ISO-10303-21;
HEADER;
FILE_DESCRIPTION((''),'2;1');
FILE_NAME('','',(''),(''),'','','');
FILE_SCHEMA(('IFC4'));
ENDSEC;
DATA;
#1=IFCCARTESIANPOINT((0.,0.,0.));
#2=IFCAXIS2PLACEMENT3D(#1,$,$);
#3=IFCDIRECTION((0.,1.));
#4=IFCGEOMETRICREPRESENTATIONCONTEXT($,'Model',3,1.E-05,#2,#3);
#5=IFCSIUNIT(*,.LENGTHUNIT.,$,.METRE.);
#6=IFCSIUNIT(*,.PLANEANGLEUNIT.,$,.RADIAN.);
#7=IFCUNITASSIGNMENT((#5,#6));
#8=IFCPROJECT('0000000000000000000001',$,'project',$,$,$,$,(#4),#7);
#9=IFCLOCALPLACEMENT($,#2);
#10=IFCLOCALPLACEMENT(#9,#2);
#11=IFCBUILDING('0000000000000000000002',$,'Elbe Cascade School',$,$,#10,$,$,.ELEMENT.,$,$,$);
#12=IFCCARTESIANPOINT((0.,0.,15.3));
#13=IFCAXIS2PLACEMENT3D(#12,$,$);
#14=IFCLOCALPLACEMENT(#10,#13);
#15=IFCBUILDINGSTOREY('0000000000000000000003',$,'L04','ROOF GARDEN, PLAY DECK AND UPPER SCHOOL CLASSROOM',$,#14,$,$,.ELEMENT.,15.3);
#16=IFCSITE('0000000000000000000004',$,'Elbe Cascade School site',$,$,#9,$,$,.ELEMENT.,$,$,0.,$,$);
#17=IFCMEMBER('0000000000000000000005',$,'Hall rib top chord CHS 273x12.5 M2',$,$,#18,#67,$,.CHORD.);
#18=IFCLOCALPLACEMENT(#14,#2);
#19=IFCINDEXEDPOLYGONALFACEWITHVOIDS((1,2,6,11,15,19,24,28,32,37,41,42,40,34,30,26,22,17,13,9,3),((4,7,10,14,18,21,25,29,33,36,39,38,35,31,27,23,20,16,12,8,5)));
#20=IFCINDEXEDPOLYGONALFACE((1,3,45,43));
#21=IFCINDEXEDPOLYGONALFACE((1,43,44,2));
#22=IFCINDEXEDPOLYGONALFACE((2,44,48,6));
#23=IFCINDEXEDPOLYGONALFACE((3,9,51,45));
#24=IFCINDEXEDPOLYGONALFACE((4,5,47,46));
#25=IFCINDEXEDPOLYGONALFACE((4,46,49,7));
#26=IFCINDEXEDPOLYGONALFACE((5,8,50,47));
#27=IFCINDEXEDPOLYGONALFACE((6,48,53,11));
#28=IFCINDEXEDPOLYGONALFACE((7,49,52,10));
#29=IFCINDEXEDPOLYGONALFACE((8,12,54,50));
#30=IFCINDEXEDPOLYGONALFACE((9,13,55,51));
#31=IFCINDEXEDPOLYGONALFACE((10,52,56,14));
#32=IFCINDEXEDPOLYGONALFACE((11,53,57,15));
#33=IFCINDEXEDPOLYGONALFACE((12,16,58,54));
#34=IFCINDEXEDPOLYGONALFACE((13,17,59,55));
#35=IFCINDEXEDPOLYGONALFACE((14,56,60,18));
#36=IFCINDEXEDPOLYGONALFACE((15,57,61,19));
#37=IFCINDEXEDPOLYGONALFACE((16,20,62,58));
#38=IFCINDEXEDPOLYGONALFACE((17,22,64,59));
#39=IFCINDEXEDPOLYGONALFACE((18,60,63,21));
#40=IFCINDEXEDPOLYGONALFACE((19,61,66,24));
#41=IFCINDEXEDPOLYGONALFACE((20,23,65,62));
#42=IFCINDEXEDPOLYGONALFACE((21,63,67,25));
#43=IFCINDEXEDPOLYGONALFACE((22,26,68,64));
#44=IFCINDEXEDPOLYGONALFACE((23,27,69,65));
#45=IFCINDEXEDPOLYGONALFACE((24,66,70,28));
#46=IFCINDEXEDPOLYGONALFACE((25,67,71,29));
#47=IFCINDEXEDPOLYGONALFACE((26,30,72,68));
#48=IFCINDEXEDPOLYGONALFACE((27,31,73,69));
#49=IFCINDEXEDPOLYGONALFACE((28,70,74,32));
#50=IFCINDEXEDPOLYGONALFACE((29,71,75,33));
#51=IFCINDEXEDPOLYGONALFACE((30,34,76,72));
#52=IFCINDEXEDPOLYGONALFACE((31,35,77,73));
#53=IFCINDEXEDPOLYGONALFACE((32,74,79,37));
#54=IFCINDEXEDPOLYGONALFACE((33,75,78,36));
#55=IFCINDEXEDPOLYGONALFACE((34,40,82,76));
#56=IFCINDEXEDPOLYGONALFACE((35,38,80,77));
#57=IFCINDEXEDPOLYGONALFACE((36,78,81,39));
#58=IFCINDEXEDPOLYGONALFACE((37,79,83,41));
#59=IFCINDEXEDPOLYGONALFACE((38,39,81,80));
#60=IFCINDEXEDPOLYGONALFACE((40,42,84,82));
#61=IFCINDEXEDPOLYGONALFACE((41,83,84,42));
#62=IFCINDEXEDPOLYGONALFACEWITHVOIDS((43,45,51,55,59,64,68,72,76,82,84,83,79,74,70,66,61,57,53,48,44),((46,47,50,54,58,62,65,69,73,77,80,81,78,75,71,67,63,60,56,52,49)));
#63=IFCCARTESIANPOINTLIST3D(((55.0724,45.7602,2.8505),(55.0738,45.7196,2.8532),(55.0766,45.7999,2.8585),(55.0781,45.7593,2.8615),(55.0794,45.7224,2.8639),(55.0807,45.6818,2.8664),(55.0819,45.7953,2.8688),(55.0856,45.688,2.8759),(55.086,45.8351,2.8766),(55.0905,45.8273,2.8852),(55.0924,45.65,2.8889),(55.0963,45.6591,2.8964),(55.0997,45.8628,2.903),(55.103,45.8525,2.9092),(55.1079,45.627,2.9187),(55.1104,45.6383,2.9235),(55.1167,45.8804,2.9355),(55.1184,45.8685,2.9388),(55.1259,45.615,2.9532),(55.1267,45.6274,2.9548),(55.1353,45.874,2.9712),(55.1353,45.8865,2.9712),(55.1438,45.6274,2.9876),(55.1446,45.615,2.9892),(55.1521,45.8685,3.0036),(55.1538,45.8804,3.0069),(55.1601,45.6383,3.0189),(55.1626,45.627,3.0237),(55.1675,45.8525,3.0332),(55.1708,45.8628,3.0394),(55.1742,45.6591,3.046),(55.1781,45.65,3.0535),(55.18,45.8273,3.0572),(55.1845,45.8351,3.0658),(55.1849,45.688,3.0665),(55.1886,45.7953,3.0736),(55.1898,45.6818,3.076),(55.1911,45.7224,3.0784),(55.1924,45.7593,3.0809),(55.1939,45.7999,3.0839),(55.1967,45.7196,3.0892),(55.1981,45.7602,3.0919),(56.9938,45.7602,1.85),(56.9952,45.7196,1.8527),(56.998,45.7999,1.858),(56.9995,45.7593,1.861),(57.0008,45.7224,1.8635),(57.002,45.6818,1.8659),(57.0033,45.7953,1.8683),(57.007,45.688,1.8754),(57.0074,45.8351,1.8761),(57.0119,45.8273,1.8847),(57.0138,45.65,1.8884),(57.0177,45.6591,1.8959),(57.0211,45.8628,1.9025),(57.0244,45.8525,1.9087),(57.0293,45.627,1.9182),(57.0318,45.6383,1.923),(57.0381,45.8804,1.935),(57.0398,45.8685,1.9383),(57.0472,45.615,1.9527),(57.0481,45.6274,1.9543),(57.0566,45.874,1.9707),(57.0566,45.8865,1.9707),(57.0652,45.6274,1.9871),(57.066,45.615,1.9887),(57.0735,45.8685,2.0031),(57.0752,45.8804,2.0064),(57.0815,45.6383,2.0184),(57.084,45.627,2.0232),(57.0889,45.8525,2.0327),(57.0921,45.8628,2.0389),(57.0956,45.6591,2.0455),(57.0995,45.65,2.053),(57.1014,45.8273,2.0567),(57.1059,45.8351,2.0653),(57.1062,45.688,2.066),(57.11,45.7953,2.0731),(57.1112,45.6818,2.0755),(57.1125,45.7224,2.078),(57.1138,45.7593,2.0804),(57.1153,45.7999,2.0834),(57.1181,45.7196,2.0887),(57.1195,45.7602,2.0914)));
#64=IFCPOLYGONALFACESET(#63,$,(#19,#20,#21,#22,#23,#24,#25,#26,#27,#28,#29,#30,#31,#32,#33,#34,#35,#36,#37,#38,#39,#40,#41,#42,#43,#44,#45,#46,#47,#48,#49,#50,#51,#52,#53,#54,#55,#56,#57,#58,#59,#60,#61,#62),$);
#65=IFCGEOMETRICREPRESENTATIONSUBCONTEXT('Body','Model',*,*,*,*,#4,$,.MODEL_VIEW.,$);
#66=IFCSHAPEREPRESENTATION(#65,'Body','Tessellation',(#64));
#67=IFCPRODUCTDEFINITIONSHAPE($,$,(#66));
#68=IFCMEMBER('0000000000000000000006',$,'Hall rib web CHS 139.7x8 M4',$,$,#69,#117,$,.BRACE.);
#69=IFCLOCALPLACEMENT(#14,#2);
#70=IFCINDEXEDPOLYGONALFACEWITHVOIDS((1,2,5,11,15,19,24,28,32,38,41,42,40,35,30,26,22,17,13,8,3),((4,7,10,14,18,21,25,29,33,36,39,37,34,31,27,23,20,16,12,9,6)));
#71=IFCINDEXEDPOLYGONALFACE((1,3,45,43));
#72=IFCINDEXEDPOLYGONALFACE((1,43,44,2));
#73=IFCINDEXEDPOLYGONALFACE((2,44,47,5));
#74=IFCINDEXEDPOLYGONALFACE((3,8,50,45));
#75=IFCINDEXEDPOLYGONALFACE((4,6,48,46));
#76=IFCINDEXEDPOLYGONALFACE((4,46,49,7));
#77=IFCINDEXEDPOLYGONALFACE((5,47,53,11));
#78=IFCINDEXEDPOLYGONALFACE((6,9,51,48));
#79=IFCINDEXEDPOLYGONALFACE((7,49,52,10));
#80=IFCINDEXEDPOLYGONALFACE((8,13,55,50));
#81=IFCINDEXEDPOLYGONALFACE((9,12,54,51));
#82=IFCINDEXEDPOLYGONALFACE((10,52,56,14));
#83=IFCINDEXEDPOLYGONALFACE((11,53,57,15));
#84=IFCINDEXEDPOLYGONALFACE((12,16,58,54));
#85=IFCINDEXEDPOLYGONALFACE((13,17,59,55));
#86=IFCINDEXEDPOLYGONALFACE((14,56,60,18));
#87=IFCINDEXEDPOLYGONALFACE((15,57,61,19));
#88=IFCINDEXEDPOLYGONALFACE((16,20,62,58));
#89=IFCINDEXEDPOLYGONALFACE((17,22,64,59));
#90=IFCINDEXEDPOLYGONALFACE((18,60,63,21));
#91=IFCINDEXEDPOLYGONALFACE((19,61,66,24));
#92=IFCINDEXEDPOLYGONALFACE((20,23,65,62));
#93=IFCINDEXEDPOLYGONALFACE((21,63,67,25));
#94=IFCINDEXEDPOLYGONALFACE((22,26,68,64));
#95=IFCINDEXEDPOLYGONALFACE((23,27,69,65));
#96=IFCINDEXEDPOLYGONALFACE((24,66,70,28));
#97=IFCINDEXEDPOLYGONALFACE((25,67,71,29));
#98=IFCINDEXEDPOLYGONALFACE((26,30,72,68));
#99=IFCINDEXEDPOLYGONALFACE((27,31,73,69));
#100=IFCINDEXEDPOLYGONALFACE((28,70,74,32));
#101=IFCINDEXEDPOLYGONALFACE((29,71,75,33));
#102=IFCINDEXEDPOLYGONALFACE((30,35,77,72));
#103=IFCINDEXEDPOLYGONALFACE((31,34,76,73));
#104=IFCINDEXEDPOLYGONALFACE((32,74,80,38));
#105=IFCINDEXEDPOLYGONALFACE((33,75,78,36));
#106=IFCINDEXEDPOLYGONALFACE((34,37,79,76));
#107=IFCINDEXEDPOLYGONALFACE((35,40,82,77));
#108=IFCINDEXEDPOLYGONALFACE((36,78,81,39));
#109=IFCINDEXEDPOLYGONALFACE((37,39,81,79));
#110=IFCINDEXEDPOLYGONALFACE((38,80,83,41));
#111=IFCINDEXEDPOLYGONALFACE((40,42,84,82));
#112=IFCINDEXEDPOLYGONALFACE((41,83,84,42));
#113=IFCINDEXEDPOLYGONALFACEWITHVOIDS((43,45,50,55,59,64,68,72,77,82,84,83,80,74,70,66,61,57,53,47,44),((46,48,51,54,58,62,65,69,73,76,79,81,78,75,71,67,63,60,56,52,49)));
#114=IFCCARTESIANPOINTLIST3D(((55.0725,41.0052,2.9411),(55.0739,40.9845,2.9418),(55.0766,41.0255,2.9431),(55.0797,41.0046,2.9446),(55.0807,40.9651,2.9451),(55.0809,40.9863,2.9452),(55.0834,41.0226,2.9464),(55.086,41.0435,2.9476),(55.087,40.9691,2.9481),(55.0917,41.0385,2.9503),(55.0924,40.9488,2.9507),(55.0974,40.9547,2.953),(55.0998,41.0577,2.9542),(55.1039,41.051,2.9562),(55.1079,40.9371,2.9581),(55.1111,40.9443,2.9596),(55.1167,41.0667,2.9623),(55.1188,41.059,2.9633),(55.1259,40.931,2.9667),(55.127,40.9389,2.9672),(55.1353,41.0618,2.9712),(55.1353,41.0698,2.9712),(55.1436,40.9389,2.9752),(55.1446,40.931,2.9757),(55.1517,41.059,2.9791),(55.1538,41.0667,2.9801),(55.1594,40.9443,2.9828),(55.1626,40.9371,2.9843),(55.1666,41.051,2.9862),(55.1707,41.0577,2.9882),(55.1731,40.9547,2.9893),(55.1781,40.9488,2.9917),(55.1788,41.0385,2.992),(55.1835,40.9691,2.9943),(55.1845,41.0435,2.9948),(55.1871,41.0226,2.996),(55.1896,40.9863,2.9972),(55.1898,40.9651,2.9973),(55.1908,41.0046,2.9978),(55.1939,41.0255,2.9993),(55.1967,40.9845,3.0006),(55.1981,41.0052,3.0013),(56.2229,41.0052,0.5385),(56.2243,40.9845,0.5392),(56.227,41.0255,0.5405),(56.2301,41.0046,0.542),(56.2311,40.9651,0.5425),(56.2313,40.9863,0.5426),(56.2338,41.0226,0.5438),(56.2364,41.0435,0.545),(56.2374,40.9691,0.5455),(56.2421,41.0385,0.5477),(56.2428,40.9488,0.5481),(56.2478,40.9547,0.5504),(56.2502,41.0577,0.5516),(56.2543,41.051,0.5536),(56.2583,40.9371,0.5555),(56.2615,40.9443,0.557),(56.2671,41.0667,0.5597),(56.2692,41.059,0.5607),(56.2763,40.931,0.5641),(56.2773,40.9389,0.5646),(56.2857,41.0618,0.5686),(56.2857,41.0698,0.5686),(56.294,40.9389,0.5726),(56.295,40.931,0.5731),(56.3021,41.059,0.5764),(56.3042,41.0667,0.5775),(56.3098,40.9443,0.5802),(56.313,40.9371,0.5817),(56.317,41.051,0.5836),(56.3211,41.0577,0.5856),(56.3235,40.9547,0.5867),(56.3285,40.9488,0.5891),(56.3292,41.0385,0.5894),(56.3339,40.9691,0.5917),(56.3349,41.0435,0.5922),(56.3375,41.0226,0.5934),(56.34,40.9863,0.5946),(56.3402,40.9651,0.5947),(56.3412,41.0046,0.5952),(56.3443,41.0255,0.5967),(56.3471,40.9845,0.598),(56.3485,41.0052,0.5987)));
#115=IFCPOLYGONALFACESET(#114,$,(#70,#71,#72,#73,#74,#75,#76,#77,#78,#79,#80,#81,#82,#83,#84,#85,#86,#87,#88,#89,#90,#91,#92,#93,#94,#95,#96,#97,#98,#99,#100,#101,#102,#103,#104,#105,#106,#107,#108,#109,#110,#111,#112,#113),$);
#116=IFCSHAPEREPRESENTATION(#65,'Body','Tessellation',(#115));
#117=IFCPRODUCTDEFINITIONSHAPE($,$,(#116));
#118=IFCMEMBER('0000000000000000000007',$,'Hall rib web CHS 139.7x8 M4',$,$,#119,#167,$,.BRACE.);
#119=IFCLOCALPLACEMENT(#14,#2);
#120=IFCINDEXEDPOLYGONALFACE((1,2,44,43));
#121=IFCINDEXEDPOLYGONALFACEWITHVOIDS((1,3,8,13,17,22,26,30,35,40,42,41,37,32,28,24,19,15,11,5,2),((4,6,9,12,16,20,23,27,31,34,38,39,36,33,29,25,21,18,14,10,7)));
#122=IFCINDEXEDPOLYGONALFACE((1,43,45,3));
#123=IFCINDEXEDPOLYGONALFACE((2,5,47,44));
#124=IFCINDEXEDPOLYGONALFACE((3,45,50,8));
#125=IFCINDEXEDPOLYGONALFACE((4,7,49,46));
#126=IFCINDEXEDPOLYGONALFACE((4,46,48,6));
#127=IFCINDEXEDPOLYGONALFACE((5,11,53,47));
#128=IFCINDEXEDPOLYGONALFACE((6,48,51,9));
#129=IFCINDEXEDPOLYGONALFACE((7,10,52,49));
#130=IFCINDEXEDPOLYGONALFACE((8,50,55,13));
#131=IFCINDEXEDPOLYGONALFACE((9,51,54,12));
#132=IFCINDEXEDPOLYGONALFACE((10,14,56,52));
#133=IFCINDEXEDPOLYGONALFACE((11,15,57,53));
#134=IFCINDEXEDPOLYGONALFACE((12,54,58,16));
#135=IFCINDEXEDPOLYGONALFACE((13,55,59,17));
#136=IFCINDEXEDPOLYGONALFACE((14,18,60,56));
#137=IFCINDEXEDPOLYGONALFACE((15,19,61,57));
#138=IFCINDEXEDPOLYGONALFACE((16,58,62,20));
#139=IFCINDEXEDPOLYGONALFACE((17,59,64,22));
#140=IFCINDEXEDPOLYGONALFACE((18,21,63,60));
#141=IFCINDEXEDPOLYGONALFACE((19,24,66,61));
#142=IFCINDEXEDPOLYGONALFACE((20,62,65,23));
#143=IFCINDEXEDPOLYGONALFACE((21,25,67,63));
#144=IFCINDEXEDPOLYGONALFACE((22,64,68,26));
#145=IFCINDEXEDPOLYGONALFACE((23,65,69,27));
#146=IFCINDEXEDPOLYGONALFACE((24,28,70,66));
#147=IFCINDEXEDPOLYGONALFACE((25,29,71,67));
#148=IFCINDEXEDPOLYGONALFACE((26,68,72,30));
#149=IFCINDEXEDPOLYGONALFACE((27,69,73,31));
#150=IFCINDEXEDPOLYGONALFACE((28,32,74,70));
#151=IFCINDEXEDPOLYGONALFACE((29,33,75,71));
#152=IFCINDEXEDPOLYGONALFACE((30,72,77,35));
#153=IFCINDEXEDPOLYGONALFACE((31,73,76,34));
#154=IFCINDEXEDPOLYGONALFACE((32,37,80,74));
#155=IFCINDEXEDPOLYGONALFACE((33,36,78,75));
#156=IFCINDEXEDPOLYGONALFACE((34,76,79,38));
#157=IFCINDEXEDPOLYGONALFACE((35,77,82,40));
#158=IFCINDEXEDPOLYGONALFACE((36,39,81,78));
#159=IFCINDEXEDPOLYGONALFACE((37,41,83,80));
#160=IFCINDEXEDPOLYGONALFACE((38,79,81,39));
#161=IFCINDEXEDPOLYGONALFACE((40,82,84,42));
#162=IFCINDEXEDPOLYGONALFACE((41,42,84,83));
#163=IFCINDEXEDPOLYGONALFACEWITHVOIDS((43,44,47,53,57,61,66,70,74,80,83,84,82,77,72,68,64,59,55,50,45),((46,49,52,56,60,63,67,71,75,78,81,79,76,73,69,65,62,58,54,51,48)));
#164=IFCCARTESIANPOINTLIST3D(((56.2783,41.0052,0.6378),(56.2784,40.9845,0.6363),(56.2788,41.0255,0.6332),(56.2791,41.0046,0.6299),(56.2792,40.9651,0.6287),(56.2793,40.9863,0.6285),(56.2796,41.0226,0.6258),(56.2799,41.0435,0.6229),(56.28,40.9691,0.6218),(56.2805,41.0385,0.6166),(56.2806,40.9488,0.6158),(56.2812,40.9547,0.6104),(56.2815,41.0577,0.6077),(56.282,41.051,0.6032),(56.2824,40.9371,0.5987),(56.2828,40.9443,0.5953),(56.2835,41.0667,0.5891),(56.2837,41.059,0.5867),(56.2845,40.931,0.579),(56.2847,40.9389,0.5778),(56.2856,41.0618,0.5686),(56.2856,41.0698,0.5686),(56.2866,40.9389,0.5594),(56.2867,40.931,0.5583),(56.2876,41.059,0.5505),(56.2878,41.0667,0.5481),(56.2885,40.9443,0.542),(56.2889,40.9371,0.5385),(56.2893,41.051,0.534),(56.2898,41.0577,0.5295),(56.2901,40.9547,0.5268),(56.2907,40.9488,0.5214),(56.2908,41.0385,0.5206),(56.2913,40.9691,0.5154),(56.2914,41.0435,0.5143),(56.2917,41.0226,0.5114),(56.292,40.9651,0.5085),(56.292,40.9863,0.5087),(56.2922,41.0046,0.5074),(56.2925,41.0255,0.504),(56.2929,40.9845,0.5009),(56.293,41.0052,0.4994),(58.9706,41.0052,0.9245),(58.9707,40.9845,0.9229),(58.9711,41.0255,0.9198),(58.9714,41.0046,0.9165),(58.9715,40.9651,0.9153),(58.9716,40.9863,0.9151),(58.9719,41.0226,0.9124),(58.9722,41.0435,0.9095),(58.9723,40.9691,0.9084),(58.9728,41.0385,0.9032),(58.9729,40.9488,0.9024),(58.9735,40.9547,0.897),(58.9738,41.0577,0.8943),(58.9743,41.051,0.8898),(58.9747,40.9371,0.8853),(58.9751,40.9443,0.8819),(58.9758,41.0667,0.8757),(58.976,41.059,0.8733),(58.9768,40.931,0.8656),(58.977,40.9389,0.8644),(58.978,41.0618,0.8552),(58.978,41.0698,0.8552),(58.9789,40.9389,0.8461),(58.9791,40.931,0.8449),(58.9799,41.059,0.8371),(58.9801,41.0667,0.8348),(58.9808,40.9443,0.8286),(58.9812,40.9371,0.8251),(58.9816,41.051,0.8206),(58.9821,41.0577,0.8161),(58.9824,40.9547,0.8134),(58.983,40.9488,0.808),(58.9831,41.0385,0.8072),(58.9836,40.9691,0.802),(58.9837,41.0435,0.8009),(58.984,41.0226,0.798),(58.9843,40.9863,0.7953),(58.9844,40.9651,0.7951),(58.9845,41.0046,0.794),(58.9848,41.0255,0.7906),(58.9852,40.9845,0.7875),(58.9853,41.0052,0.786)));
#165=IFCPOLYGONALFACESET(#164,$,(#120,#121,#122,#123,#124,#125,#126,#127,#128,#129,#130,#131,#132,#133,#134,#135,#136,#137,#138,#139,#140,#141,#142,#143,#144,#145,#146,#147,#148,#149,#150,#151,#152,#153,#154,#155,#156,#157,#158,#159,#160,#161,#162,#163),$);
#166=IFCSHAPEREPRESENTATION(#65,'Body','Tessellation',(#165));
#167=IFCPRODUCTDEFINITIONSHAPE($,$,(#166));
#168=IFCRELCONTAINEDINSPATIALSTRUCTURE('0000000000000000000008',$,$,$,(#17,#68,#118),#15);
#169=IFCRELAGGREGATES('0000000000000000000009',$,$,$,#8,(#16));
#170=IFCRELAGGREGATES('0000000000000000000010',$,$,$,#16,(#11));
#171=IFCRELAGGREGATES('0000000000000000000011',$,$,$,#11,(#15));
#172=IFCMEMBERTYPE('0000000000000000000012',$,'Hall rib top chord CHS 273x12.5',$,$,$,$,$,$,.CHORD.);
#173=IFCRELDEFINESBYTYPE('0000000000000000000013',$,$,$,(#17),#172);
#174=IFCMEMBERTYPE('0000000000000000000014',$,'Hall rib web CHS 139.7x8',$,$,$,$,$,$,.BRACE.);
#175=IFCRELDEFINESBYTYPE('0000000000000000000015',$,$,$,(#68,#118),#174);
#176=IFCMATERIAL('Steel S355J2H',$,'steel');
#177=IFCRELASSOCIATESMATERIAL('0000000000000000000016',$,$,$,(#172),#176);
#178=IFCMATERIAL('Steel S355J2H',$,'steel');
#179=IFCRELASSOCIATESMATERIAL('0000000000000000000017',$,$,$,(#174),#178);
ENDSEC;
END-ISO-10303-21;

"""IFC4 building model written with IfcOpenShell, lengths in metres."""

from ifc_helpers import new_model, si_unit, direction, frame, origin, origin_2d, place, context, subcontext, project, spatial, hollow_circle, extrude, material, material_profile, profile_set, type_object, element, save


model = new_model("IFC4")

# Units and contexts
model_context = context("Model", 3, precision=1e-05, world=origin(), true_north=direction((0.0, 1.0)))
body_context = subcontext(model_context, "Body", "Model", "MODEL_VIEW")
ifc_project = project(units=[si_unit("LENGTHUNIT", "METRE"), si_unit("PLANEANGLEUNIT", "RADIAN")], contexts=[model_context])

# Site, building, storey
site_placement = place(None, origin())
site = spatial("IfcSite", under=ifc_project, at=site_placement, Name="Elbe Cascade School site", CompositionType="ELEMENT", RefElevation=0.0)
building_placement = place(site_placement, origin())
building = spatial("IfcBuilding", under=site, at=building_placement, Name="Elbe Cascade School", CompositionType="ELEMENT")
storey_placement = place(building_placement, frame((0.0, 0.0, 15.3)))
storey = spatial("IfcBuildingStorey", under=building, at=storey_placement, Name="L04", Description="ROOF GARDEN, PLAY DECK AND UPPER SCHOOL CLASSROOM", CompositionType="ELEMENT", Elevation=15.3)

# Members
ifc_material_1 = material(Name="Steel S355J2H", Category="steel")
ifc_material_profile_1 = material_profile(ifc_material_1, hollow_circle(Radius=0.1365, WallThickness=0.0125, at=origin_2d()), Name="CHS 273x12.5")
ifc_profile_set_1 = profile_set([ifc_material_profile_1], Name="Steel S355J2H")
member_type_1 = type_object("IfcMemberType", Name="Hall rib top chord CHS 273x12.5", PredefinedType="CHORD", material=ifc_profile_set_1)
member_1_placement = place(storey_placement, frame((55.1353, 45.75, 2.9712), z_axis=(0.886958, 0.0, -0.461849), x_axis=(0.0, 1.0, 0.0)))
element("IfcMember", 1, at=member_1_placement, inside=storey, type_object=member_type_1, Name="Hall rib top chord CHS 273x12.5 M2", PredefinedType="CHORD", context=body_context, shape_type="SweptSolid", body=[
    extrude(hollow_circle(Radius=0.1365, WallThickness=0.0125, at=origin_2d()), origin(), (0.0, 0.0, 1.0), 2.1663),
])
ifc_material_2 = material(Name="Steel S355J2H", Category="steel")
ifc_material_profile_2 = material_profile(ifc_material_2, hollow_circle(Radius=0.0698, WallThickness=0.0081, at=origin_2d()), Name="CHS 139.7x8")
ifc_profile_set_2 = profile_set([ifc_material_profile_2], Name="Steel S355J2H")
member_type_2 = type_object("IfcMemberType", Name="Hall rib web CHS 139.7x8", PredefinedType="BRACE", material=ifc_profile_set_2)
member_2_placement = place(storey_placement, frame((55.1353, 41.0, 2.9712), z_axis=(0.431861, 0.0, -0.90194), x_axis=(0.0, 1.0, 0.0)))
element("IfcMember", 2, at=member_2_placement, inside=storey, type_object=member_type_2, Name="Hall rib web CHS 139.7x8 M4", PredefinedType="BRACE", context=body_context, shape_type="SweptSolid", body=[
    extrude(hollow_circle(Radius=0.0698, WallThickness=0.0081, at=origin_2d()), origin(), (0.0, 0.0, 1.0), 2.6638),
])
member_3_placement = place(storey_placement, frame((56.2856, 41.0, 0.5686), z_axis=(0.994381, 0.0, 0.105858), x_axis=(0.0, 1.0, 0.0)))
element("IfcMember", 3, at=member_3_placement, inside=storey, type_object=member_type_2, Name="Hall rib web CHS 139.7x8 M4", PredefinedType="BRACE", context=body_context, shape_type="SweptSolid", body=[
    extrude(hollow_circle(Radius=0.0698, WallThickness=0.0081, at=origin_2d()), origin(), (0.0, 0.0, 1.0), 2.7075),
])

save(model, "model.ifc")
